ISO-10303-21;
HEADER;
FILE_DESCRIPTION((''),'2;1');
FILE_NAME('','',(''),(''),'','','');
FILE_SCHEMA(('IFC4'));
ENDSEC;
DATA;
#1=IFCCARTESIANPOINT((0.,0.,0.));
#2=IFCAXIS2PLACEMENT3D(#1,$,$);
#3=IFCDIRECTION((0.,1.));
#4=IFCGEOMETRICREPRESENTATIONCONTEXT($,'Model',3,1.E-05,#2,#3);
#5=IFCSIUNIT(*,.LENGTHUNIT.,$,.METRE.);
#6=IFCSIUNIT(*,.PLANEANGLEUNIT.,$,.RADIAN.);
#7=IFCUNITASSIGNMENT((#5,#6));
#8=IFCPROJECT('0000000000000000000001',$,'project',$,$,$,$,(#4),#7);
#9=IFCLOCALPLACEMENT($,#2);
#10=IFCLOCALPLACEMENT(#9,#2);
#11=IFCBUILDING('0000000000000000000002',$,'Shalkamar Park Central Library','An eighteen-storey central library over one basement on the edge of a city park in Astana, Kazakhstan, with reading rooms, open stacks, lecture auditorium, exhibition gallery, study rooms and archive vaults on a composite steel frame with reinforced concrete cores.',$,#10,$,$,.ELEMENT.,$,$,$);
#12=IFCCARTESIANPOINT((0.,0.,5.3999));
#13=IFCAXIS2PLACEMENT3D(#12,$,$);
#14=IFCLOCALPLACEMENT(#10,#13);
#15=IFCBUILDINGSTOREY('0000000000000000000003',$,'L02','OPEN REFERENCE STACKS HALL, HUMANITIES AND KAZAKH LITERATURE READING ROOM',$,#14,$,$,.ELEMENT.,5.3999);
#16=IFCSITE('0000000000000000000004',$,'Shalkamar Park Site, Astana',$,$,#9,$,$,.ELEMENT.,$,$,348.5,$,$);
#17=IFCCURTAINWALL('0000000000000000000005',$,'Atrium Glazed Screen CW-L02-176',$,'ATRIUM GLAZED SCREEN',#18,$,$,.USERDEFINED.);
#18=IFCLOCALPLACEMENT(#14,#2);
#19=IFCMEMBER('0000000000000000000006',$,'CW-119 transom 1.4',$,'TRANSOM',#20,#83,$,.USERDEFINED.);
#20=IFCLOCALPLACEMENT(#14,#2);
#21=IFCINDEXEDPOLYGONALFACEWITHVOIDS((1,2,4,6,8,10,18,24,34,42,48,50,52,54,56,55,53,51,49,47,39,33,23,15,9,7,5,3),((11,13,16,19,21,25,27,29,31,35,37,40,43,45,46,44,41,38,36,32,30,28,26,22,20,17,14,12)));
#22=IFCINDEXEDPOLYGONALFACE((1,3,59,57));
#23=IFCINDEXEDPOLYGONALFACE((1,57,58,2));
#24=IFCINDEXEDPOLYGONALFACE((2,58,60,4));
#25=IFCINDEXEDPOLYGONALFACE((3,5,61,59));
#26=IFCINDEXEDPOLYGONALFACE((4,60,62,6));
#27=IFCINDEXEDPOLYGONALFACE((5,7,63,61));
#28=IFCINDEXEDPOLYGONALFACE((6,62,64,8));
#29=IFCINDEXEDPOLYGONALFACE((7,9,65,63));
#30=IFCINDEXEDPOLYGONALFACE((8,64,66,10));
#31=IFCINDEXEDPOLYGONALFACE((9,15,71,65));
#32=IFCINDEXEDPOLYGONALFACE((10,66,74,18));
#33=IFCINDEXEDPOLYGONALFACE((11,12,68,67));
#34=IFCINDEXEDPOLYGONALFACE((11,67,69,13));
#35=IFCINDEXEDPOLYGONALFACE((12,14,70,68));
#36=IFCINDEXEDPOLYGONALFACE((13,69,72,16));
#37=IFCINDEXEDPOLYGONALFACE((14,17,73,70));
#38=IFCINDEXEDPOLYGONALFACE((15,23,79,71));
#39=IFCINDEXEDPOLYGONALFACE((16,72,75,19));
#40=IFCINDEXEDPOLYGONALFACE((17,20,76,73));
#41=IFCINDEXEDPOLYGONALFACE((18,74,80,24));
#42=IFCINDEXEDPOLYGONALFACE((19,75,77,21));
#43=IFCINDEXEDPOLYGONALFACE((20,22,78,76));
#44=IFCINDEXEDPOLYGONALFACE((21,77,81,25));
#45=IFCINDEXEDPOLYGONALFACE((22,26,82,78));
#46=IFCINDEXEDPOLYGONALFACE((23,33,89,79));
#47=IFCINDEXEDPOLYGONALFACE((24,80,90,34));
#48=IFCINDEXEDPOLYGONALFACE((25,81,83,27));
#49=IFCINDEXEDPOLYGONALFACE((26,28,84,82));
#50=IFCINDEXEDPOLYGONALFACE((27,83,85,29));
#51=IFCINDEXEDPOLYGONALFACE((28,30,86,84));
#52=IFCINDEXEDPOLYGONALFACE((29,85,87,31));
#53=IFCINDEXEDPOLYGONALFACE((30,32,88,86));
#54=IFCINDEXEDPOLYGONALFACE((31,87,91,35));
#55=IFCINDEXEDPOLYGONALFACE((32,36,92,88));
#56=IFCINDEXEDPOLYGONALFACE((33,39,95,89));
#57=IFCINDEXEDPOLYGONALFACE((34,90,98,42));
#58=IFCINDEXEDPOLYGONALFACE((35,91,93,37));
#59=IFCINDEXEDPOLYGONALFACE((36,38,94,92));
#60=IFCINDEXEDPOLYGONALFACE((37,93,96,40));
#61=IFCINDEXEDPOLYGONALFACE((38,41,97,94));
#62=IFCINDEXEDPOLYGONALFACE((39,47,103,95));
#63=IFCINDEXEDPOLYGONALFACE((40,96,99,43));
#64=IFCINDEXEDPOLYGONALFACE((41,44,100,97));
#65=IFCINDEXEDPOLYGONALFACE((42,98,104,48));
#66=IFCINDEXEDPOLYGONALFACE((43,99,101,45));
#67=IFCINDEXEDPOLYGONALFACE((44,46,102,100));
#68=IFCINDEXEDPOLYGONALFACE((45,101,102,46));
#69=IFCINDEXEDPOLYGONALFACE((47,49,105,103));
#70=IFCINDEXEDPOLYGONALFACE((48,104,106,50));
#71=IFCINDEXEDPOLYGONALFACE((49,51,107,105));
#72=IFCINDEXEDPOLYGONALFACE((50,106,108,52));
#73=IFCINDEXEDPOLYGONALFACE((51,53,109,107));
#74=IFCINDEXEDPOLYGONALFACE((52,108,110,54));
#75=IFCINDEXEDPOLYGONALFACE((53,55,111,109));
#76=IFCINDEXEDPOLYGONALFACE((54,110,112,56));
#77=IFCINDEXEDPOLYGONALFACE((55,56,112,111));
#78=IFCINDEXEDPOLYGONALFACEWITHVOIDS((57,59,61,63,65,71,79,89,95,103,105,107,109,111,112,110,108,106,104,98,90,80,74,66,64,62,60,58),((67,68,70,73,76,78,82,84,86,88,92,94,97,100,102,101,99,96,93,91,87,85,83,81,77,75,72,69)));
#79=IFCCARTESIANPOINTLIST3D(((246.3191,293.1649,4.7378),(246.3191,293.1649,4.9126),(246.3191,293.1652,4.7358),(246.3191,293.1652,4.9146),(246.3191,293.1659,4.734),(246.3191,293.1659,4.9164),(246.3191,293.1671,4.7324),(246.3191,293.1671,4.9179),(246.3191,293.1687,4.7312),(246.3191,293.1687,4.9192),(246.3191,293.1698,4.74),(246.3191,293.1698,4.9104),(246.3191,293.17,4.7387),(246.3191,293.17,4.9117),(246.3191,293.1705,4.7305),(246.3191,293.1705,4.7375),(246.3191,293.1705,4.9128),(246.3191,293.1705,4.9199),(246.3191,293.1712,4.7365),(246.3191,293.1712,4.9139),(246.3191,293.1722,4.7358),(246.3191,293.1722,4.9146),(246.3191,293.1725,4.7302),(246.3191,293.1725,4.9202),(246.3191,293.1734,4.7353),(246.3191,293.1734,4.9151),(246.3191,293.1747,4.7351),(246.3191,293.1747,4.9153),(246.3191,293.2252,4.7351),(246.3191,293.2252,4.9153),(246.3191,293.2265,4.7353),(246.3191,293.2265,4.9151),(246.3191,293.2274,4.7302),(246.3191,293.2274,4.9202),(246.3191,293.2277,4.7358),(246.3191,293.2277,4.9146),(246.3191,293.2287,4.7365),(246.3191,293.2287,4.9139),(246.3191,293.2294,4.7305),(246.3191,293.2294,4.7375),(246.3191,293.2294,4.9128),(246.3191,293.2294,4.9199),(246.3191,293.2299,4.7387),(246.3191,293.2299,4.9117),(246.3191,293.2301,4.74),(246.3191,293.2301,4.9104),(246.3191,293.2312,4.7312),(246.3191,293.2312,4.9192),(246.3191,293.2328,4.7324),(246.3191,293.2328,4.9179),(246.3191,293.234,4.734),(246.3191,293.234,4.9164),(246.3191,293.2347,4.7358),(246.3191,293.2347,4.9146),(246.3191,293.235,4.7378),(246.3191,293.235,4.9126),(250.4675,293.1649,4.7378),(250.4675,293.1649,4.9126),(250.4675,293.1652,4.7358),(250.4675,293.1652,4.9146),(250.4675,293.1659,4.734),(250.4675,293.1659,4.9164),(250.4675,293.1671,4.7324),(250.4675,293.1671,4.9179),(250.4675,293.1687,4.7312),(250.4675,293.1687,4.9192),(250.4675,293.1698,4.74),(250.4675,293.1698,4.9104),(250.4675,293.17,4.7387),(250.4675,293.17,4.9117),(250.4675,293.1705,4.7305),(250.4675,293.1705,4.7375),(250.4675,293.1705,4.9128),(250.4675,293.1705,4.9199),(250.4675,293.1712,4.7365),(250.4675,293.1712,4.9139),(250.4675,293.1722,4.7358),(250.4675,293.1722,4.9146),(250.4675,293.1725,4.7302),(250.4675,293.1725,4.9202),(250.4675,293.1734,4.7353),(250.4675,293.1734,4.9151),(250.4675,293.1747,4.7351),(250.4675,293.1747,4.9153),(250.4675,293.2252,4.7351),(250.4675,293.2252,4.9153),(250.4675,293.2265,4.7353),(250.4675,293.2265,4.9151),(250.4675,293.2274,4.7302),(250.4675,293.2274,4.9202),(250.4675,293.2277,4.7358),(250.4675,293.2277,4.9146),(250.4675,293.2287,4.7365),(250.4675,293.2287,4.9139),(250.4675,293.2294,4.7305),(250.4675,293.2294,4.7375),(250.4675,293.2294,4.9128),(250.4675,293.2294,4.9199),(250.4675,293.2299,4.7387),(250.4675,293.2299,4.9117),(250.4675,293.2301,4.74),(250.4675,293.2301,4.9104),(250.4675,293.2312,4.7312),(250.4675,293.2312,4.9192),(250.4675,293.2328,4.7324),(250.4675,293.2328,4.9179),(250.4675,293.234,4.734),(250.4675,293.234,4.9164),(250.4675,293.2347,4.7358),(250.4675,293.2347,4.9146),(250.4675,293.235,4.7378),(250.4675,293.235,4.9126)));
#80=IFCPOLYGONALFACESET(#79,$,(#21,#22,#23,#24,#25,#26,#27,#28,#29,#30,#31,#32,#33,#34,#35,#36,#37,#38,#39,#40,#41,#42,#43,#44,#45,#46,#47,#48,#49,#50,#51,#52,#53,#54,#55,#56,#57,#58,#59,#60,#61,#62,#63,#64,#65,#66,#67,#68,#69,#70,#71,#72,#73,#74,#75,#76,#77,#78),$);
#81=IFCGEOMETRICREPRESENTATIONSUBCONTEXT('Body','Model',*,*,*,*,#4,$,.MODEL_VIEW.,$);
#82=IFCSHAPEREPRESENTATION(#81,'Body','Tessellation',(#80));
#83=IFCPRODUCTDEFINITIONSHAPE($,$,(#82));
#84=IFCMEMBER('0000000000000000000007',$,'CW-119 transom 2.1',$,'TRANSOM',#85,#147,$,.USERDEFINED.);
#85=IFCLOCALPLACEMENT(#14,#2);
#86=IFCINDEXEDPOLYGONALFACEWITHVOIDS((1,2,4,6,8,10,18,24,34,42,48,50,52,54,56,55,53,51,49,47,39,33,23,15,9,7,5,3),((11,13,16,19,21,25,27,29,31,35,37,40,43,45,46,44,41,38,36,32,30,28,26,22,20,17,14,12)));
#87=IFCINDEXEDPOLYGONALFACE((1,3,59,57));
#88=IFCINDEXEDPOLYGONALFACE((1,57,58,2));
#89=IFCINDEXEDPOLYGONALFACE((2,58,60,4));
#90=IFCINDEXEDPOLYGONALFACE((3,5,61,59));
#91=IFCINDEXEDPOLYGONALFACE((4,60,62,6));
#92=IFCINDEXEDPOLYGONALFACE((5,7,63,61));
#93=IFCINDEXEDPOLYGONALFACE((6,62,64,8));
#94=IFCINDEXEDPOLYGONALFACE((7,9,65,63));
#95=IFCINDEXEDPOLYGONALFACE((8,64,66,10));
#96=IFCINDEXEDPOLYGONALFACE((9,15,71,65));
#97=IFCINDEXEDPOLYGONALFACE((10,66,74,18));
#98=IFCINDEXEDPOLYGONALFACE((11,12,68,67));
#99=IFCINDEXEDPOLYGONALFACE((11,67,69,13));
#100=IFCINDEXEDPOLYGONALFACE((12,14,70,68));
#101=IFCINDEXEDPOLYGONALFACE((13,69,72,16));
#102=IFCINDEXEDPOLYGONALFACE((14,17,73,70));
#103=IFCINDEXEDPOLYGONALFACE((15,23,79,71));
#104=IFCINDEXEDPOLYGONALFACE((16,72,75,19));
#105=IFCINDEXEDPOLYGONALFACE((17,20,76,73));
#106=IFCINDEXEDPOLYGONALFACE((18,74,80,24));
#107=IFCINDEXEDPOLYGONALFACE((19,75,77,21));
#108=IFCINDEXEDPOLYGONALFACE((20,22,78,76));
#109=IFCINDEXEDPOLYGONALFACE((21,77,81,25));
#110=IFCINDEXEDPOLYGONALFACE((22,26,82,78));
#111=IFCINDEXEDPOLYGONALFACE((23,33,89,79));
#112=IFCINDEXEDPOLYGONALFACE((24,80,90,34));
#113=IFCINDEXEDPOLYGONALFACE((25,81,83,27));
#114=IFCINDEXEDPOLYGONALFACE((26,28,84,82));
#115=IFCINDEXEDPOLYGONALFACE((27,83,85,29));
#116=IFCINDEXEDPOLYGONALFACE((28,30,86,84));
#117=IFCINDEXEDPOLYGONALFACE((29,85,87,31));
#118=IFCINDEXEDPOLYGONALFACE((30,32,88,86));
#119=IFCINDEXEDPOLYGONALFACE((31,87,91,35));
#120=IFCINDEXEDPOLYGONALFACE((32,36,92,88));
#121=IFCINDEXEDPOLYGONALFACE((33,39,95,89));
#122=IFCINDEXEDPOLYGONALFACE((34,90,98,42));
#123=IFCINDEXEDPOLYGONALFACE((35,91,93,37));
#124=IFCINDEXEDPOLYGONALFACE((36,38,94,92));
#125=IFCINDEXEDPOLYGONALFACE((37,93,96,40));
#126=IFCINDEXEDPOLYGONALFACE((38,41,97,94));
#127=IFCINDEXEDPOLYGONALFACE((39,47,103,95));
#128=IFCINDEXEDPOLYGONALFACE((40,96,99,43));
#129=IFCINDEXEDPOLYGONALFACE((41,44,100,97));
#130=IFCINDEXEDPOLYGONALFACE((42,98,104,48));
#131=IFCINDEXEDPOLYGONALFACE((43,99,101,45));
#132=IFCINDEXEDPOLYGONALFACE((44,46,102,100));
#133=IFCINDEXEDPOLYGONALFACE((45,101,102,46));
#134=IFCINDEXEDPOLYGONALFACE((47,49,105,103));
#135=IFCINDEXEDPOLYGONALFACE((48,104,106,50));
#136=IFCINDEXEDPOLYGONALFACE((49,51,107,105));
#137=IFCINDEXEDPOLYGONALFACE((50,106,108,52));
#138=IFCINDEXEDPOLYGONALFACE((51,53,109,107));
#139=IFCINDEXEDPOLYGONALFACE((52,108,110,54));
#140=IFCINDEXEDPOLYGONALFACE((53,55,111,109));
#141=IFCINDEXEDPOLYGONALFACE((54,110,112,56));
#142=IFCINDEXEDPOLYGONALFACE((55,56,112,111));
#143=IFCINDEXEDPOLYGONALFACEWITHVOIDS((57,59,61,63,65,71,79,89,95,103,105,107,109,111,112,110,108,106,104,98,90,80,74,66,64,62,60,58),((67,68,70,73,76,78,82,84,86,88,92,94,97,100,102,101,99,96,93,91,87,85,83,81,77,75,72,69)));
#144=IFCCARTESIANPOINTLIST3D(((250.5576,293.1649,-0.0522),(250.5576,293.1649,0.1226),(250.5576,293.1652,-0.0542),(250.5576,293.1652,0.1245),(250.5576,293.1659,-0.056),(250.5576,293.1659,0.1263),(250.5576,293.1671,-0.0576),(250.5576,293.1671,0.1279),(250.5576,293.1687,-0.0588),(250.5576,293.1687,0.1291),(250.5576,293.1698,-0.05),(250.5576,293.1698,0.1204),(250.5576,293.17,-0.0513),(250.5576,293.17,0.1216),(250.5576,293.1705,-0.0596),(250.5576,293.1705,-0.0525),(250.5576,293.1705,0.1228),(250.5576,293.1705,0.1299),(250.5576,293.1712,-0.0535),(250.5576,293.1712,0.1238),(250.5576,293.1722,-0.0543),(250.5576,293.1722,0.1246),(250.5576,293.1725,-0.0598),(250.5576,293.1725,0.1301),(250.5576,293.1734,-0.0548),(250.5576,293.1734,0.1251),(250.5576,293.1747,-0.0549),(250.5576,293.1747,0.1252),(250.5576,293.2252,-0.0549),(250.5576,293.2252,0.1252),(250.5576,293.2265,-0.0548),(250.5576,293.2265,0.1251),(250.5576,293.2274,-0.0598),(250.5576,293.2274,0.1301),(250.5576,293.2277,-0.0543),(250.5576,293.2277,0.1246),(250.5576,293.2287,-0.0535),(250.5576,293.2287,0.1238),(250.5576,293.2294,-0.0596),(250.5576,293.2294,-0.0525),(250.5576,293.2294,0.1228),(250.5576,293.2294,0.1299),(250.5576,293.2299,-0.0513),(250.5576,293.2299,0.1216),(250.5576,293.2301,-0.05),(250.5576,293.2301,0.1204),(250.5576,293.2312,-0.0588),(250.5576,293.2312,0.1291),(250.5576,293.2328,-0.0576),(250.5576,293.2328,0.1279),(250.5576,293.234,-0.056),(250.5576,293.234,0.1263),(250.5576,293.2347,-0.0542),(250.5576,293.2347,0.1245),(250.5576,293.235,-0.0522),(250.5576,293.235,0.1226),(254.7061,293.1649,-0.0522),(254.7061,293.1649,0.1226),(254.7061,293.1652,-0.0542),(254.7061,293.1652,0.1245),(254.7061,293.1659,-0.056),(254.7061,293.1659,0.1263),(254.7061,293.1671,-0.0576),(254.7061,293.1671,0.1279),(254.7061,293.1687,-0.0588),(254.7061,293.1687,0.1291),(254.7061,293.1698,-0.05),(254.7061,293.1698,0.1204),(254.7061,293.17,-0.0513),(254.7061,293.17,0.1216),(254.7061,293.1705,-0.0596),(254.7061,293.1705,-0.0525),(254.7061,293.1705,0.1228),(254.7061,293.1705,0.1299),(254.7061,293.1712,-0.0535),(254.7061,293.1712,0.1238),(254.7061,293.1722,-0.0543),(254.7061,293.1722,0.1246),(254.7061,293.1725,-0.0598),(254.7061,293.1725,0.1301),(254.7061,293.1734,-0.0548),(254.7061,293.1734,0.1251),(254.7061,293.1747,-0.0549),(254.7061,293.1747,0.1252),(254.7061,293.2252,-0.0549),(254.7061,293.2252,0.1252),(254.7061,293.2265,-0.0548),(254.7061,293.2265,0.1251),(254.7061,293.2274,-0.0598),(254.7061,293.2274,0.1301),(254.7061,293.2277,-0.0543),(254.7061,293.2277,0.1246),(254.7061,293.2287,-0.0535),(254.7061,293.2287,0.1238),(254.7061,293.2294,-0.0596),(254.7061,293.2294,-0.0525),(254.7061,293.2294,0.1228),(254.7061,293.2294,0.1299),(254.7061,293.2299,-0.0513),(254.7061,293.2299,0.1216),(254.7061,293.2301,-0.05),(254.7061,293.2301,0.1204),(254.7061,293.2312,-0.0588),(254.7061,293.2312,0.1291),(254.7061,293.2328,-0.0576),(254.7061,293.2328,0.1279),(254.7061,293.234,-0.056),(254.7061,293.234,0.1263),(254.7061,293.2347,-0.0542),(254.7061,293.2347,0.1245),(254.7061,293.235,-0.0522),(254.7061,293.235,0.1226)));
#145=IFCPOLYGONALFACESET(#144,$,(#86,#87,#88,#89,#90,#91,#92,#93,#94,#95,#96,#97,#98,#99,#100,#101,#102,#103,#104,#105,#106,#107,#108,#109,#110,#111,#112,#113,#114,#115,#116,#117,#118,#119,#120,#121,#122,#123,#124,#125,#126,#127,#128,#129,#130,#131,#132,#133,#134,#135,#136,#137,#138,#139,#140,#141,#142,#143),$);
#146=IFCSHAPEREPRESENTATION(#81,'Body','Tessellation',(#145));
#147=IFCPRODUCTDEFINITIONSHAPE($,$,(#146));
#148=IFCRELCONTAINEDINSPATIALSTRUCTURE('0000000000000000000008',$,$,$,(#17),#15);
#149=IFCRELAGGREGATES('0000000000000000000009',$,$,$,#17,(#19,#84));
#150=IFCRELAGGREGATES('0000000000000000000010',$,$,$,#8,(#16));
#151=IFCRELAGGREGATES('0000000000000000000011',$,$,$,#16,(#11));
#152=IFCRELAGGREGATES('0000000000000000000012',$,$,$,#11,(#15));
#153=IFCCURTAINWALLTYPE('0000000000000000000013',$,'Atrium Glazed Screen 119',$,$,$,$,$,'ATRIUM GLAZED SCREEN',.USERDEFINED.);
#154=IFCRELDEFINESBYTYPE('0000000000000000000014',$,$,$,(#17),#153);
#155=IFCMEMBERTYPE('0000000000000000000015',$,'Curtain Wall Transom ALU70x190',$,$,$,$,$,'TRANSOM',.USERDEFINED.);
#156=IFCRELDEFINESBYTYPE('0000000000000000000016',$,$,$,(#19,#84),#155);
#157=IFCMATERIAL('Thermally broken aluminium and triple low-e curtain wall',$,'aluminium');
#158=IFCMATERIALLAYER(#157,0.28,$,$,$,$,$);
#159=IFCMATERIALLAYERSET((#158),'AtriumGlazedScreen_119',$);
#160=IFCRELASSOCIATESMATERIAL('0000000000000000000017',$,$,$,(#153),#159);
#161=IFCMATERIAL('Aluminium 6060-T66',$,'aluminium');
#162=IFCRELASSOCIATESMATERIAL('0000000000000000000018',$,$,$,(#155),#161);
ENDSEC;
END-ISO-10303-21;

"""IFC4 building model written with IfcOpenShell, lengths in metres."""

from ifc_helpers import new_model, si_unit, direction, frame, origin, origin_2d, place, context, subcontext, project, spatial, hollow_rectangle, extrude, material, layer, layer_set, material_profile, profile_set, type_object, element, aggregate, save


model = new_model("IFC4")

# Units and contexts
model_context = context("Model", 3, precision=1e-05, world=origin(), true_north=direction((0.0, 1.0)))
body_context = subcontext(model_context, "Body", "Model", "MODEL_VIEW")
ifc_project = project(units=[si_unit("LENGTHUNIT", "METRE"), si_unit("PLANEANGLEUNIT", "RADIAN")], contexts=[model_context])

# Site, building, storey
site_placement = place(None, origin())
site = spatial("IfcSite", under=ifc_project, at=site_placement, Name="Shalkamar Park Site, Astana", CompositionType="ELEMENT", RefElevation=348.5)
building_placement = place(site_placement, origin())
building = spatial("IfcBuilding", under=site, at=building_placement, Name="Shalkamar Park Central Library", Description="An eighteen-storey central library over one basement on the edge of a city park in Astana, Kazakhstan, with reading rooms, open stacks, lecture auditorium, exhibition gallery, study rooms and archive vaults on a composite steel frame with reinforced concrete cores.", CompositionType="ELEMENT")
storey_placement = place(building_placement, frame((0.0, 0.0, 5.3999)))
storey = spatial("IfcBuildingStorey", under=building, at=storey_placement, Name="L02", Description="OPEN REFERENCE STACKS HALL, HUMANITIES AND KAZAKH LITERATURE READING ROOM", CompositionType="ELEMENT", Elevation=5.3999)

# Curtain wall, members
ifc_material_1 = material(Name="Thermally broken aluminium and triple low-e curtain wall", Category="aluminium")
ifc_layer_1 = layer(ifc_material_1, 0.28)
ifc_layer_set_1 = layer_set([ifc_layer_1], Name="AtriumGlazedScreen_119")
curtain_wall_type = type_object("IfcCurtainWallType", Name="Atrium Glazed Screen 119", ElementType="ATRIUM GLAZED SCREEN", PredefinedType="USERDEFINED", material=ifc_layer_set_1)
curtain_wall_placement = place(storey_placement, origin())
curtain_wall = element("IfcCurtainWall", 1, at=curtain_wall_placement, inside=storey, type_object=curtain_wall_type, Name="Atrium Glazed Screen CW-L02-176", ObjectType="ATRIUM GLAZED SCREEN", PredefinedType="USERDEFINED")
ifc_material_2 = material(Name="Aluminium 6060-T66", Category="aluminium")
ifc_material_profile_1 = material_profile(ifc_material_2, hollow_rectangle(XDim=0.0701, YDim=0.1899, WallThickness=0.0049, InnerFilletRadius=0.0049, OuterFilletRadius=0.0076, at=origin_2d()), Name="ALU 70x190x5")
ifc_profile_set_1 = profile_set([ifc_material_profile_1], Name="Aluminium 6060-T66")
member_type_1 = type_object("IfcMemberType", Name="Curtain Wall Transom ALU70x190", ElementType="TRANSOM", PredefinedType="USERDEFINED", material=ifc_profile_set_1)
member_1_placement = place(storey_placement, frame((246.3191, 293.2, 4.8252), z_axis=(1.0, 0.0, 0.0), x_axis=(0.0, 1.0, 0.0)))
member_1 = element("IfcMember", 2, at=member_1_placement, type_object=member_type_1, Name="CW-119 transom 1.4", ObjectType="TRANSOM", PredefinedType="USERDEFINED", context=body_context, shape_type="SweptSolid", body=[
    extrude(hollow_rectangle(XDim=0.0701, YDim=0.1899, WallThickness=0.0049, InnerFilletRadius=0.0049, OuterFilletRadius=0.0076, at=origin_2d()), origin(), (0.0, 0.0, 1.0), 4.1484),
])
member_2_placement = place(storey_placement, frame((250.5576, 293.2, 0.0352), z_axis=(1.0, 0.0, 0.0), x_axis=(0.0, 1.0, 0.0)))
member_2 = element("IfcMember", 3, at=member_2_placement, type_object=member_type_1, Name="CW-119 transom 2.1", ObjectType="TRANSOM", PredefinedType="USERDEFINED", context=body_context, shape_type="SweptSolid", body=[
    extrude(hollow_rectangle(XDim=0.0701, YDim=0.1899, WallThickness=0.0049, InnerFilletRadius=0.0049, OuterFilletRadius=0.0076, at=origin_2d()), origin(), (0.0, 0.0, 1.0), 4.1484),
])

aggregate(curtain_wall, [member_1, member_2])

save(model, "model.ifc")
